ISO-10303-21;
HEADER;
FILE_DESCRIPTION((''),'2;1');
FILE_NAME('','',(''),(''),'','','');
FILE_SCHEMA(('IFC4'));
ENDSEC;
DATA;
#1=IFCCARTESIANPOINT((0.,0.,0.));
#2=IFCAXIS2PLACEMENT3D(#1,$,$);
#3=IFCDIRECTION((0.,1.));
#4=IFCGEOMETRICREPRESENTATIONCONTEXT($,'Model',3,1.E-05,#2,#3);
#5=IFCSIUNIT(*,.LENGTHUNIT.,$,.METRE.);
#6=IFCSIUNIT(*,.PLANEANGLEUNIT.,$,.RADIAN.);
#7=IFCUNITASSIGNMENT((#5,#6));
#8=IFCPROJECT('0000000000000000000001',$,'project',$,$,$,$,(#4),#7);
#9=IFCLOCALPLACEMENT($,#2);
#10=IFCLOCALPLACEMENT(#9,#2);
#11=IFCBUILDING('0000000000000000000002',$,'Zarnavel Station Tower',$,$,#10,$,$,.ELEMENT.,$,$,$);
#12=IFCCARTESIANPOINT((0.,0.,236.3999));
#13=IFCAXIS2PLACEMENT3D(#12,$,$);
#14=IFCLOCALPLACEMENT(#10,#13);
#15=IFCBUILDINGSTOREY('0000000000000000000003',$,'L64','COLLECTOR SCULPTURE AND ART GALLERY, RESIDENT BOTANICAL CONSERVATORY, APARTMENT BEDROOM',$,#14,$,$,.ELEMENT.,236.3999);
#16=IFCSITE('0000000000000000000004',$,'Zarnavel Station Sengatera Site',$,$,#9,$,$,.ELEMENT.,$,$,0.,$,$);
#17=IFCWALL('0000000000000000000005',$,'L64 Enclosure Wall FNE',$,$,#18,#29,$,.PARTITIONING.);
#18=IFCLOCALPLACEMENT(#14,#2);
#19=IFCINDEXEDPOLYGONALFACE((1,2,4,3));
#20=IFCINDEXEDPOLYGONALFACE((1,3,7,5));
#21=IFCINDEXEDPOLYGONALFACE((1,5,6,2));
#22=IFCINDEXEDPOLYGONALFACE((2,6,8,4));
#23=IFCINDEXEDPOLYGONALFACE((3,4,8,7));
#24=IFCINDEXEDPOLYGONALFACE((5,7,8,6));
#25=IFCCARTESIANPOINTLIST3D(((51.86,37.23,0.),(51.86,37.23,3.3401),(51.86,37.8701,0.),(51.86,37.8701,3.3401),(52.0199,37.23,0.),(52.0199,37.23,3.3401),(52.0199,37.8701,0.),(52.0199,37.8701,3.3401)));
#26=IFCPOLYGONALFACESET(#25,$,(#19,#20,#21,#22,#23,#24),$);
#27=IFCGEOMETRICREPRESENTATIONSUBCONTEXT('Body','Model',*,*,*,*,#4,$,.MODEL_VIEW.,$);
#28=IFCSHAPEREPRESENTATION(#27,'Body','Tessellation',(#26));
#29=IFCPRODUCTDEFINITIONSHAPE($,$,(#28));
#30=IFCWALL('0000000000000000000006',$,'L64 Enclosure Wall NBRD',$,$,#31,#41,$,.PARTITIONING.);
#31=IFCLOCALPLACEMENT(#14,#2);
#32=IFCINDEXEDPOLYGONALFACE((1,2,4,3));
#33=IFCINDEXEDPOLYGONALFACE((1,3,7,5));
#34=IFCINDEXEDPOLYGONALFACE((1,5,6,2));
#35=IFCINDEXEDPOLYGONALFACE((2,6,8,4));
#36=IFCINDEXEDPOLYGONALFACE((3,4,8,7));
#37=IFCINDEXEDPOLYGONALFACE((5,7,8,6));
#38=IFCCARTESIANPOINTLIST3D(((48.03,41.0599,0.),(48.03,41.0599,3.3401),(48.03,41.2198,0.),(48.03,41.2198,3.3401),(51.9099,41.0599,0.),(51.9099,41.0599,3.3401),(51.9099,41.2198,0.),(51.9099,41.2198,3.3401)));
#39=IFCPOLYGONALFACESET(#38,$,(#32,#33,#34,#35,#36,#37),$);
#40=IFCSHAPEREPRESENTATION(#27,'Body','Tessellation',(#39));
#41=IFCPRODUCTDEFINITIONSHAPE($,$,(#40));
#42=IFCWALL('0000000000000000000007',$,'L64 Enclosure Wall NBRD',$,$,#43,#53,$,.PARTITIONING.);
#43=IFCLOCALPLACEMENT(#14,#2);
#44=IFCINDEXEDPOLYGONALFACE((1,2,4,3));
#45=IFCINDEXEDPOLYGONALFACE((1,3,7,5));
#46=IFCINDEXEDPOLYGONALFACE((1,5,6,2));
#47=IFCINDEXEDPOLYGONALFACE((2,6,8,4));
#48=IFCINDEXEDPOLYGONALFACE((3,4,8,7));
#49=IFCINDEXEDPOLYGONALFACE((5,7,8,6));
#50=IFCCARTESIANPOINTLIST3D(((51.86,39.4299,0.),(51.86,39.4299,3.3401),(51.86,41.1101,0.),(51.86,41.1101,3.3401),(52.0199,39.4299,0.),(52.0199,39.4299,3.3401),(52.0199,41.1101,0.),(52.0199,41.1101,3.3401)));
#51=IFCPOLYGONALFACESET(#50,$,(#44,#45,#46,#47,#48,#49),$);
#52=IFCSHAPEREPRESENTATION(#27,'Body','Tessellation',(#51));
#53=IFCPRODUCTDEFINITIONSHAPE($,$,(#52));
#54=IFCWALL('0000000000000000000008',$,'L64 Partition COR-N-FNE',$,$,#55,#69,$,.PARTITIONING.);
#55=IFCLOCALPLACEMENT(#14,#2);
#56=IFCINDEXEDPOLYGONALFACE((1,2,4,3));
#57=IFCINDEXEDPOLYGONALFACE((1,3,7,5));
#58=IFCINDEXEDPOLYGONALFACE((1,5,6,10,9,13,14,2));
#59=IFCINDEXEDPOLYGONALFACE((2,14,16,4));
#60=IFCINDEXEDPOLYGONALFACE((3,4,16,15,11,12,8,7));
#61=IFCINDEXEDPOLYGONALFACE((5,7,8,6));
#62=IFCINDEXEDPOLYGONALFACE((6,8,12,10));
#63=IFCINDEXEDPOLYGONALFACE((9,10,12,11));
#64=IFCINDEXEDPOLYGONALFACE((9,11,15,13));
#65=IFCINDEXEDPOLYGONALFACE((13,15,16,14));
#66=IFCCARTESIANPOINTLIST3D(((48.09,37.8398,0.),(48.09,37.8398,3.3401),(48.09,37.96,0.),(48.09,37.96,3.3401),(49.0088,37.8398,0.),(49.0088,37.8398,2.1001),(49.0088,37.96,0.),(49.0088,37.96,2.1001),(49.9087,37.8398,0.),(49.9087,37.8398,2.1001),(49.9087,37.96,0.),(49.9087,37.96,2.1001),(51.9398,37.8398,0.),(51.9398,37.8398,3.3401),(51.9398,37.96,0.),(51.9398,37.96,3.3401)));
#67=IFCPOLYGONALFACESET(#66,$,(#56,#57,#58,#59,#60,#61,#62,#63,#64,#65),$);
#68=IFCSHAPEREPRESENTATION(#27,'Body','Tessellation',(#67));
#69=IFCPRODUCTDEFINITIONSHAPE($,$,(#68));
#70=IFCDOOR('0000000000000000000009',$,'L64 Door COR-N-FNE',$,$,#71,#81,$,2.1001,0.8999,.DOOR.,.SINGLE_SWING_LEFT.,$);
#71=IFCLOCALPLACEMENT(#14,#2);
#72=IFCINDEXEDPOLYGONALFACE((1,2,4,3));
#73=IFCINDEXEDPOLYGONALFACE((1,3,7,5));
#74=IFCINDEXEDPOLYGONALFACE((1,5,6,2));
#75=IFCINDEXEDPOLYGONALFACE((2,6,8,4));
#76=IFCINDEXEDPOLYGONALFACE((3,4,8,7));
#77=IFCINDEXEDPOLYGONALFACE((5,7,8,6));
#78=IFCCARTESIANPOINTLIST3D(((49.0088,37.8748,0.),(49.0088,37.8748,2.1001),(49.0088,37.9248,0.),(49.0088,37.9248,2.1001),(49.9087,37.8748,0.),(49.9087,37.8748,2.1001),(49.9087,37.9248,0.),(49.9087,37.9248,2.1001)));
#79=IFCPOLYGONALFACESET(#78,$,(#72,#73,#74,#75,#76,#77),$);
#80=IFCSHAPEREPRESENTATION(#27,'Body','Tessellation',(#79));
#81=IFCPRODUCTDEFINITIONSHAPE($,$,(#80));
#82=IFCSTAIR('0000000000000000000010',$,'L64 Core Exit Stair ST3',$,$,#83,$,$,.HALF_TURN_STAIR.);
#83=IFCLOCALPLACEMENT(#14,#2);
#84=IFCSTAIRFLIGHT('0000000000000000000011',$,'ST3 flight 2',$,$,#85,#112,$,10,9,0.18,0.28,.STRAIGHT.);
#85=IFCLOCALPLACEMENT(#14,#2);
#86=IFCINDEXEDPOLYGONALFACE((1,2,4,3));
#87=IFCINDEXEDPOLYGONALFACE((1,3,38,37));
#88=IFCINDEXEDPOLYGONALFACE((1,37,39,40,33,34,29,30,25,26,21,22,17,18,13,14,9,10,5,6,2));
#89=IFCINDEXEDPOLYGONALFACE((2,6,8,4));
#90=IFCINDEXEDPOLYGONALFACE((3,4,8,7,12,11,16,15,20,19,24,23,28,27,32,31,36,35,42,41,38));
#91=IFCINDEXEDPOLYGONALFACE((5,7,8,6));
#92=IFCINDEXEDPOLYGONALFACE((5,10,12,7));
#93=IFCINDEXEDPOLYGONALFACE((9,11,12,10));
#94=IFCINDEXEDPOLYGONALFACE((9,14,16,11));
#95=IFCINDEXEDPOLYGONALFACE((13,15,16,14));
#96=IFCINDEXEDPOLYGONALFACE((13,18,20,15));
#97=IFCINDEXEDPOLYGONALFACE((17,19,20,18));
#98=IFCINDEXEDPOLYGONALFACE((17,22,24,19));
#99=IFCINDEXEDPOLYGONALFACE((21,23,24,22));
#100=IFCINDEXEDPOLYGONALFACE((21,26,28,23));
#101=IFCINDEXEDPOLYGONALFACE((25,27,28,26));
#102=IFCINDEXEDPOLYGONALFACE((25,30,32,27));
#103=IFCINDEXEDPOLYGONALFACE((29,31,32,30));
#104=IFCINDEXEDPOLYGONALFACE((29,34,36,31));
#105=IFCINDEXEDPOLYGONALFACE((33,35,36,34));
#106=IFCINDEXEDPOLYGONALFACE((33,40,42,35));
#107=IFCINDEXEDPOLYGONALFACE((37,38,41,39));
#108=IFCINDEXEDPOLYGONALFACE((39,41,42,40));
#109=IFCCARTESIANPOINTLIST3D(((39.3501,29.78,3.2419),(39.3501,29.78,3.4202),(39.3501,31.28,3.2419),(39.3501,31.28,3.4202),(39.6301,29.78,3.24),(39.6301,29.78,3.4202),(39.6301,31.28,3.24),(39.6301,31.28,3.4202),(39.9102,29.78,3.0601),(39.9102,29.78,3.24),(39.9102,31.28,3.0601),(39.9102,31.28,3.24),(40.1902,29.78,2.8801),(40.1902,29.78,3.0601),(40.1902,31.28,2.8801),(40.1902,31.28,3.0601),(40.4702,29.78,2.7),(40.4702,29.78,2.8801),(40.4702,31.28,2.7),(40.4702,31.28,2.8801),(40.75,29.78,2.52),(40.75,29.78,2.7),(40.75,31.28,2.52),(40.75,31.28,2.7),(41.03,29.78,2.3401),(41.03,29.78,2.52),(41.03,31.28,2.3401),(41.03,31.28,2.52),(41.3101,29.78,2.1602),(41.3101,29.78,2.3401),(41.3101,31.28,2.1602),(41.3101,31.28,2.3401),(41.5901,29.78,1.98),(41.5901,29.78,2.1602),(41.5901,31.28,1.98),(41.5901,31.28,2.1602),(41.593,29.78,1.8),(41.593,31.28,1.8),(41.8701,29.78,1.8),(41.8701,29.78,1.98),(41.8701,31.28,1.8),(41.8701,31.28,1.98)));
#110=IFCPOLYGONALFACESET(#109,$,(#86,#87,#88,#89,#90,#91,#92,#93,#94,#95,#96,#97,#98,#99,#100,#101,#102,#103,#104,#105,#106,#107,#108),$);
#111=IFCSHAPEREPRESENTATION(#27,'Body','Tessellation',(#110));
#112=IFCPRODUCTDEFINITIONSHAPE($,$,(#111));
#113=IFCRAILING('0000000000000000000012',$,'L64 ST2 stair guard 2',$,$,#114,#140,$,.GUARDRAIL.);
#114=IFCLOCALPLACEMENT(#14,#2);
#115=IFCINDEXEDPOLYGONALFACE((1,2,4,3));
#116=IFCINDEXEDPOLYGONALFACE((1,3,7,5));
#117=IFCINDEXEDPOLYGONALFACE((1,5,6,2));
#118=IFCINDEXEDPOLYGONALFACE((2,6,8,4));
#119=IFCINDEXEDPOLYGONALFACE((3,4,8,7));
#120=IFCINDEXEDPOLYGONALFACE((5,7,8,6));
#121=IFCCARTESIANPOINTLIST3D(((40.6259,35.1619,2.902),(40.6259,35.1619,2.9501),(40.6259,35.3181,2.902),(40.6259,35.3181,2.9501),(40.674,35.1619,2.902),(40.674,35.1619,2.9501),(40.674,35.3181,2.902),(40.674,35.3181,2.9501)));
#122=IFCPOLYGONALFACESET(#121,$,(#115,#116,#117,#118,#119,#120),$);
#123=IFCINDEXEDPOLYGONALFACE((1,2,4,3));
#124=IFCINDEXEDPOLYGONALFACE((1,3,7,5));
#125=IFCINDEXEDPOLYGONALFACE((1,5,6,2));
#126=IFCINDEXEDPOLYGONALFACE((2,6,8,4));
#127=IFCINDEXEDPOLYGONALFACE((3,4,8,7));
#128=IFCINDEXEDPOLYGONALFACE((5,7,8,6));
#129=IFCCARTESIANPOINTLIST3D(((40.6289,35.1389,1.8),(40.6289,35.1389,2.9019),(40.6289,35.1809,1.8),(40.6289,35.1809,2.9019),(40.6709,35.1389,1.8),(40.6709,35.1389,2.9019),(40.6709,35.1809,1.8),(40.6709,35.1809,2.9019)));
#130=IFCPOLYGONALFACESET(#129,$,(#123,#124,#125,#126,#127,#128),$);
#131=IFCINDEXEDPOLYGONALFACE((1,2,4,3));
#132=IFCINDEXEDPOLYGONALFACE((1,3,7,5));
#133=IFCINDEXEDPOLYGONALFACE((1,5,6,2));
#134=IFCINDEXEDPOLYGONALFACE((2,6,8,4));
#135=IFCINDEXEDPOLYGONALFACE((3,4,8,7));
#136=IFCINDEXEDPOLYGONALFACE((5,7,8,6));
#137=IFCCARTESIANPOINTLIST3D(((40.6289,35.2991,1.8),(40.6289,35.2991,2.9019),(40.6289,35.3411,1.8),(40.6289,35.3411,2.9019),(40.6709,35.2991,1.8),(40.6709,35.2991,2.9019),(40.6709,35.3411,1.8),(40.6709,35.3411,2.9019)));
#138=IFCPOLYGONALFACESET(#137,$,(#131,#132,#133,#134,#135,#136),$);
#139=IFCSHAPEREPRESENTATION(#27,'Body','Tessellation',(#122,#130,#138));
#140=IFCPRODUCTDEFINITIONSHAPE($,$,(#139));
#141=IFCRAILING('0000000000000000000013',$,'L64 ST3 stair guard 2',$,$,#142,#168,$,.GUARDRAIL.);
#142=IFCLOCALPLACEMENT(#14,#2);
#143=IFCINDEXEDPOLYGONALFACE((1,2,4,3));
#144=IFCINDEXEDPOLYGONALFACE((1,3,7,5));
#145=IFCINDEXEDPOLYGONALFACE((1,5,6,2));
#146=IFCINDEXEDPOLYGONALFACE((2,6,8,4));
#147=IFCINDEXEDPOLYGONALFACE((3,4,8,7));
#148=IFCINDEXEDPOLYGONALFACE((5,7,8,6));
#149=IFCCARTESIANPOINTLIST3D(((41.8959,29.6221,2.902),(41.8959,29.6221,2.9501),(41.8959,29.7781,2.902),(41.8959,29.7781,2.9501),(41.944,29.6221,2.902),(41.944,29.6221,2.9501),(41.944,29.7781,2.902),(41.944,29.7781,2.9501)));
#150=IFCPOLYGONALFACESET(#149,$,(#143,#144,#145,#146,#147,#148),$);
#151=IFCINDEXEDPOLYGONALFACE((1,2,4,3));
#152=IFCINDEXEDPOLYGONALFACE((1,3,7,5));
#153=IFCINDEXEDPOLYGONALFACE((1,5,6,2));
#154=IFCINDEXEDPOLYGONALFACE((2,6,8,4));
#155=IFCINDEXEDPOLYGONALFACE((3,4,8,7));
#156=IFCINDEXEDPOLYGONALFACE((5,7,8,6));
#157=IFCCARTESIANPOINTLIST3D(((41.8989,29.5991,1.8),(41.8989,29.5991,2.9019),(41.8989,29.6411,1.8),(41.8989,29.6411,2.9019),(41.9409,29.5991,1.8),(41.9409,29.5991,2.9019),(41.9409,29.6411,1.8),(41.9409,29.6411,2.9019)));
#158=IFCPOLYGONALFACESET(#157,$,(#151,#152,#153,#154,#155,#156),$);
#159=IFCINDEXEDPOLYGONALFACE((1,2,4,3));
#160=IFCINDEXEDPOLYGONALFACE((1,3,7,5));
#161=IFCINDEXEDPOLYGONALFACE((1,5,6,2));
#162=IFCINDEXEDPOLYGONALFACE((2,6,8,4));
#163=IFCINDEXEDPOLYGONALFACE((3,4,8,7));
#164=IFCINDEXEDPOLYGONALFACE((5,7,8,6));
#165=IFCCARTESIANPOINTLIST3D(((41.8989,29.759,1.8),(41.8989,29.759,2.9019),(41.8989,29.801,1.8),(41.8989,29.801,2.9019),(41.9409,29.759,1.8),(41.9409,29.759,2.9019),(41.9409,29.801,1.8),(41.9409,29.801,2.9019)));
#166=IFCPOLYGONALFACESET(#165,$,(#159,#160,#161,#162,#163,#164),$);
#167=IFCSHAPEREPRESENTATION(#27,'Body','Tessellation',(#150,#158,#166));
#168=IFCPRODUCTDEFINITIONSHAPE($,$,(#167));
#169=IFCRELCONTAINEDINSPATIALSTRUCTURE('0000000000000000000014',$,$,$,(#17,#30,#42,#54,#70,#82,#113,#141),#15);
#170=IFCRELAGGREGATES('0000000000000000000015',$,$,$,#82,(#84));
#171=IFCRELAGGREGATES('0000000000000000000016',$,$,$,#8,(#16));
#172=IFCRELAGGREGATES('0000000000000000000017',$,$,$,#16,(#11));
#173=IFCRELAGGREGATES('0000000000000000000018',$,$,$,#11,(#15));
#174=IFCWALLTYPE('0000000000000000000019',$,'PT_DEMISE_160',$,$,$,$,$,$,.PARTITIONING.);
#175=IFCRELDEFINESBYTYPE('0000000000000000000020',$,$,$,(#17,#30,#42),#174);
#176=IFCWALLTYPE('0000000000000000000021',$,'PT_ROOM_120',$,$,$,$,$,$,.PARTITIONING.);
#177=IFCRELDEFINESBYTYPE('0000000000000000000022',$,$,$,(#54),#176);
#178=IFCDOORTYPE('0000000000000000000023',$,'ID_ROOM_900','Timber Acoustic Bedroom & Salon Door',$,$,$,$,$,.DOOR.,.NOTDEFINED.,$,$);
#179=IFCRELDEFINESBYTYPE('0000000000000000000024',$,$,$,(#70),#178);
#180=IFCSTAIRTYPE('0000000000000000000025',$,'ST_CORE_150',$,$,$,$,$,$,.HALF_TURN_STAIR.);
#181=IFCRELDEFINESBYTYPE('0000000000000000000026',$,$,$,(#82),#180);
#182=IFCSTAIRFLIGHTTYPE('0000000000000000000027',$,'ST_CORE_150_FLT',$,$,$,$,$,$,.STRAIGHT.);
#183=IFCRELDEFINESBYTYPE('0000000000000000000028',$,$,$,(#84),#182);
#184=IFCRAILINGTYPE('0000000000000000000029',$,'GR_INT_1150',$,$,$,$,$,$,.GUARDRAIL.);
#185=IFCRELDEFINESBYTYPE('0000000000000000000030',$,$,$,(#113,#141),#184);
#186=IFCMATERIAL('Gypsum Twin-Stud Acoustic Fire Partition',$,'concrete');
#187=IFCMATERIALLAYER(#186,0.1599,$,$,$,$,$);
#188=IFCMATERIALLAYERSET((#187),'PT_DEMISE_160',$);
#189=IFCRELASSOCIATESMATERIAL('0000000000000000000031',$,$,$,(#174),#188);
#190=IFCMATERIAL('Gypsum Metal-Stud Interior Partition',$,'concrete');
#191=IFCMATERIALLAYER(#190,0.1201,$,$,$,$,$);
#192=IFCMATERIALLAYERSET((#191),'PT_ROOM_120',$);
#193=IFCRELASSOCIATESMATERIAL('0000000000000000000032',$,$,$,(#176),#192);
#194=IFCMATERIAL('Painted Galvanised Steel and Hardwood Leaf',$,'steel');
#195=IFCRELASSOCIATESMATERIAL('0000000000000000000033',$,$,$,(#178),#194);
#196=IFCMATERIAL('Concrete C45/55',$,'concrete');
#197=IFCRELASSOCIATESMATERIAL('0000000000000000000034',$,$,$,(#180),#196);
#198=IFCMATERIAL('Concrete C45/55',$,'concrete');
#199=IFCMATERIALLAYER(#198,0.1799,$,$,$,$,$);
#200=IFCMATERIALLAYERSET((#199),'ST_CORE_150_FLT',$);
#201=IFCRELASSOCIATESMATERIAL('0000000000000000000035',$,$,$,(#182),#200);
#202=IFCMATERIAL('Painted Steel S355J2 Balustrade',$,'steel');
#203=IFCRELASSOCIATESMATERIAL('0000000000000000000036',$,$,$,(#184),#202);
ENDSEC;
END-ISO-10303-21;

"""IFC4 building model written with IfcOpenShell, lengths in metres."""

from ifc_helpers import new_model, si_unit, direction, frame, frame_2d, origin, origin_2d, place, context, subcontext, project, spatial, polyline, rectangle, outline, extrude, material, layer, layer_set, type_object, element, fill, aggregate, save


model = new_model("IFC4")

# Units and contexts
model_context = context("Model", 3, precision=1e-05, world=origin(), true_north=direction((0.0, 1.0)))
body_context = subcontext(model_context, "Body", "Model", "MODEL_VIEW")
ifc_project = project(units=[si_unit("LENGTHUNIT", "METRE"), si_unit("PLANEANGLEUNIT", "RADIAN")], contexts=[model_context])

# Site, building, storey
site_placement = place(None, origin())
site = spatial("IfcSite", under=ifc_project, at=site_placement, Name="Zarnavel Station Sengatera Site", CompositionType="ELEMENT", RefElevation=0.0)
building_placement = place(site_placement, origin())
building = spatial("IfcBuilding", under=site, at=building_placement, Name="Zarnavel Station Tower", CompositionType="ELEMENT")
storey_placement = place(building_placement, frame((0.0, 0.0, 236.3999)))
storey = spatial("IfcBuildingStorey", under=building, at=storey_placement, Name="L64", Description="COLLECTOR SCULPTURE AND ART GALLERY, RESIDENT BOTANICAL CONSERVATORY, APARTMENT BEDROOM", CompositionType="ELEMENT", Elevation=236.3999)

# Walls
ifc_material_1 = material(Name="Gypsum Twin-Stud Acoustic Fire Partition", Category="concrete")
ifc_layer_1 = layer(ifc_material_1, 0.1599)
ifc_layer_set_1 = layer_set([ifc_layer_1], Name="PT_DEMISE_160")
wall_type_1 = type_object("IfcWallType", Name="PT_DEMISE_160", PredefinedType="PARTITIONING", material=ifc_layer_set_1)
wall_1_placement = place(storey_placement, frame((51.9399, 37.23, 0.0), z_axis=(0.0, 0.0, 1.0), x_axis=(0.0, 1.0, 0.0)))
element("IfcWall", 1, at=wall_1_placement, inside=storey, type_object=wall_type_1, Name="L64 Enclosure Wall FNE", PredefinedType="PARTITIONING", context=body_context, shape_type="SweptSolid", body=[
    extrude(rectangle(XDim=0.6401, YDim=0.1599, at=frame_2d((0.3201, 0.0))), origin(), (0.0, 0.0, 1.0), 3.3401),
])
wall_2_placement = place(storey_placement, frame((48.03, 41.1399, 0.0), z_axis=(0.0, 0.0, 1.0), x_axis=(1.0, 0.0, 0.0)))
element("IfcWall", 2, at=wall_2_placement, inside=storey, type_object=wall_type_1, Name="L64 Enclosure Wall NBRD", PredefinedType="PARTITIONING", context=body_context, shape_type="SweptSolid", body=[
    extrude(rectangle(XDim=3.8799, YDim=0.1599, at=frame_2d((1.9399, 0.0))), origin(), (0.0, 0.0, 1.0), 3.3401),
])
wall_3_placement = place(storey_placement, frame((51.9399, 39.4299, 0.0), z_axis=(0.0, 0.0, 1.0), x_axis=(0.0, 1.0, 0.0)))
element("IfcWall", 3, at=wall_3_placement, inside=storey, type_object=wall_type_1, Name="L64 Enclosure Wall NBRD", PredefinedType="PARTITIONING", context=body_context, shape_type="SweptSolid", body=[
    extrude(rectangle(XDim=1.6802, YDim=0.1599, at=frame_2d((0.8401, 0.0))), origin(), (0.0, 0.0, 1.0), 3.3401),
])

# Wall, opening, door
ifc_material_2 = material(Name="Gypsum Metal-Stud Interior Partition", Category="concrete")
ifc_layer_2 = layer(ifc_material_2, 0.1201)
ifc_layer_set_2 = layer_set([ifc_layer_2], Name="PT_ROOM_120")
wall_type_2 = type_object("IfcWallType", Name="PT_ROOM_120", PredefinedType="PARTITIONING", material=ifc_layer_set_2)
wall_4_placement = place(storey_placement, frame((48.0901, 37.8999, 0.0), z_axis=(0.0, 0.0, 1.0), x_axis=(1.0, 0.0, 0.0)))
wall_4 = element("IfcWall", 4, at=wall_4_placement, inside=storey, type_object=wall_type_2, Name="L64 Partition COR-N-FNE", PredefinedType="PARTITIONING", context=body_context, shape_type="SweptSolid", body=[
    extrude(rectangle(XDim=3.8499, YDim=0.1201, at=frame_2d((1.9248, 0.0))), origin(), (0.0, 0.0, 1.0), 3.3401),
])
opening_1_placement = place(wall_4_placement, frame((0.9187, 0.0, 0.0)))
opening_1 = element("IfcOpeningElement", 5, at=opening_1_placement, cuts=wall_4, PredefinedType="OPENING", context=body_context, shape_type="SweptSolid", body=[
    extrude(rectangle(XDim=0.8999, YDim=2.1001, at=frame_2d((0.45, 1.05))), frame((0.0, 0.0701, 0.0), z_axis=(0.0, -1.0, 0.0), x_axis=(1.0, 0.0, 0.0)), (0.0, 0.0, 1.0), 0.1401),
])
ifc_material_3 = material(Name="Painted Galvanised Steel and Hardwood Leaf", Category="steel")
door_type_1 = type_object("IfcDoorType", Name="ID_ROOM_900", Description="Timber Acoustic Bedroom & Salon Door", OperationType="NOTDEFINED", PredefinedType="DOOR", material=ifc_material_3)
door_1_placement = place(opening_1_placement, origin())
door_1 = element("IfcDoor", 6, at=door_1_placement, inside=storey, type_object=door_type_1, Name="L64 Door COR-N-FNE", OperationType="SINGLE_SWING_LEFT", OverallHeight=2.1001, OverallWidth=0.8999, PredefinedType="DOOR", context=body_context, shape_type="SweptSolid", body=[
    extrude(rectangle(XDim=0.8999, YDim=2.1001, at=frame_2d((0.45, 1.05))), frame((0.0, 0.0249, 0.0), z_axis=(0.0, -1.0, 0.0), x_axis=(1.0, 0.0, 0.0)), (0.0, 0.0, 1.0), 0.05),
])
fill(opening_1, door_1)

# Stair, stair flight
ifc_material_4 = material(Name="Concrete C45/55", Category="concrete")
stair_type = type_object("IfcStairType", Name="ST_CORE_150", PredefinedType="HALF_TURN_STAIR", material=ifc_material_4)
stair_placement = place(storey_placement, origin())
stair = element("IfcStair", 7, at=stair_placement, inside=storey, type_object=stair_type, Name="L64 Core Exit Stair ST3", PredefinedType="HALF_TURN_STAIR")
ifc_material_5 = material(Name="Concrete C45/55", Category="concrete")
ifc_layer_3 = layer(ifc_material_5, 0.1799)
ifc_layer_set_3 = layer_set([ifc_layer_3], Name="ST_CORE_150_FLT")
stair_flight_type = type_object("IfcStairFlightType", Name="ST_CORE_150_FLT", PredefinedType="STRAIGHT", material=ifc_layer_set_3)
stair_flight_placement = place(storey_placement, frame((41.8701, 30.53, 1.8), z_axis=(0.0, 0.0, 1.0), x_axis=(-1.0, 0.0, 0.0)))
stair_flight = element("IfcStairFlight", 8, at=stair_flight_placement, type_object=stair_flight_type, Name="ST3 flight 2", NumberOfRisers=10, NumberOfTreads=9, PredefinedType="STRAIGHT", RiserHeight=0.18, TreadLength=0.28, context=body_context, shape_type="SweptSolid", body=[
    extrude(outline(polyline([(0.0, 0.0), (0.0, 0.1799), (0.28, 0.1799), (0.28, 0.3601), (0.5601, 0.3601), (0.5601, 0.54), (0.8401, 0.54), (0.8401, 0.72), (1.1201, 0.72), (1.1201, 0.8999), (1.3999, 0.8999), (1.3999, 1.0801), (1.6799, 1.0801), (1.6799, 1.26), (1.96, 1.26), (1.96, 1.4399), (2.24, 1.4399), (2.24, 1.6201), (2.52, 1.6201), (2.52, 1.8), (2.52, 1.4419), (0.2771, 0.0), (0.0, 0.0)])), frame((0.0, 0.75, 0.0), z_axis=(0.0, -1.0, 0.0), x_axis=(1.0, 0.0, 0.0)), (0.0, 0.0, 1.0), 1.5),
])
aggregate(stair, [stair_flight])

# Railings
ifc_material_6 = material(Name="Painted Steel S355J2 Balustrade", Category="steel")
railing_type_1 = type_object("IfcRailingType", Name="GR_INT_1150", PredefinedType="GUARDRAIL", material=ifc_material_6)
railing_1_placement = place(storey_placement, frame((40.6499, 35.1599, 1.8)))
element("IfcRailing", 9, at=railing_1_placement, inside=storey, type_object=railing_type_1, Name="L64 ST2 stair guard 2", PredefinedType="GUARDRAIL", context=body_context, shape_type="SweptSolid", body=[
    extrude(rectangle(XDim=0.0481, YDim=0.0481, at=origin_2d()), frame((0.0, 0.002, 1.126), z_axis=(0.0, 1.0, 0.0), x_axis=(-1.0, 0.0, 0.0)), (0.0, 0.0, 1.0), 0.1562),
    extrude(rectangle(XDim=0.042, YDim=0.042, at=origin_2d()), origin(), (0.0, 0.0, 1.0), 1.1018),
    extrude(rectangle(XDim=0.042, YDim=0.042, at=origin_2d()), frame((0.0, 0.1602, 0.0)), (0.0, 0.0, 1.0), 1.1018),
])
railing_2_placement = place(storey_placement, frame((41.9199, 29.6201, 1.8)))
element("IfcRailing", 10, at=railing_2_placement, inside=storey, type_object=railing_type_1, Name="L64 ST3 stair guard 2", PredefinedType="GUARDRAIL", context=body_context, shape_type="SweptSolid", body=[
    extrude(rectangle(XDim=0.0481, YDim=0.0481, at=origin_2d()), frame((0.0, 0.002, 1.126), z_axis=(0.0, 1.0, 0.0), x_axis=(-1.0, 0.0, 0.0)), (0.0, 0.0, 1.0), 0.156),
    extrude(rectangle(XDim=0.042, YDim=0.042, at=origin_2d()), origin(), (0.0, 0.0, 1.0), 1.1018),
    extrude(rectangle(XDim=0.042, YDim=0.042, at=origin_2d()), frame((0.0, 0.1599, 0.0)), (0.0, 0.0, 1.0), 1.1018),
])

save(model, "model.ifc")
